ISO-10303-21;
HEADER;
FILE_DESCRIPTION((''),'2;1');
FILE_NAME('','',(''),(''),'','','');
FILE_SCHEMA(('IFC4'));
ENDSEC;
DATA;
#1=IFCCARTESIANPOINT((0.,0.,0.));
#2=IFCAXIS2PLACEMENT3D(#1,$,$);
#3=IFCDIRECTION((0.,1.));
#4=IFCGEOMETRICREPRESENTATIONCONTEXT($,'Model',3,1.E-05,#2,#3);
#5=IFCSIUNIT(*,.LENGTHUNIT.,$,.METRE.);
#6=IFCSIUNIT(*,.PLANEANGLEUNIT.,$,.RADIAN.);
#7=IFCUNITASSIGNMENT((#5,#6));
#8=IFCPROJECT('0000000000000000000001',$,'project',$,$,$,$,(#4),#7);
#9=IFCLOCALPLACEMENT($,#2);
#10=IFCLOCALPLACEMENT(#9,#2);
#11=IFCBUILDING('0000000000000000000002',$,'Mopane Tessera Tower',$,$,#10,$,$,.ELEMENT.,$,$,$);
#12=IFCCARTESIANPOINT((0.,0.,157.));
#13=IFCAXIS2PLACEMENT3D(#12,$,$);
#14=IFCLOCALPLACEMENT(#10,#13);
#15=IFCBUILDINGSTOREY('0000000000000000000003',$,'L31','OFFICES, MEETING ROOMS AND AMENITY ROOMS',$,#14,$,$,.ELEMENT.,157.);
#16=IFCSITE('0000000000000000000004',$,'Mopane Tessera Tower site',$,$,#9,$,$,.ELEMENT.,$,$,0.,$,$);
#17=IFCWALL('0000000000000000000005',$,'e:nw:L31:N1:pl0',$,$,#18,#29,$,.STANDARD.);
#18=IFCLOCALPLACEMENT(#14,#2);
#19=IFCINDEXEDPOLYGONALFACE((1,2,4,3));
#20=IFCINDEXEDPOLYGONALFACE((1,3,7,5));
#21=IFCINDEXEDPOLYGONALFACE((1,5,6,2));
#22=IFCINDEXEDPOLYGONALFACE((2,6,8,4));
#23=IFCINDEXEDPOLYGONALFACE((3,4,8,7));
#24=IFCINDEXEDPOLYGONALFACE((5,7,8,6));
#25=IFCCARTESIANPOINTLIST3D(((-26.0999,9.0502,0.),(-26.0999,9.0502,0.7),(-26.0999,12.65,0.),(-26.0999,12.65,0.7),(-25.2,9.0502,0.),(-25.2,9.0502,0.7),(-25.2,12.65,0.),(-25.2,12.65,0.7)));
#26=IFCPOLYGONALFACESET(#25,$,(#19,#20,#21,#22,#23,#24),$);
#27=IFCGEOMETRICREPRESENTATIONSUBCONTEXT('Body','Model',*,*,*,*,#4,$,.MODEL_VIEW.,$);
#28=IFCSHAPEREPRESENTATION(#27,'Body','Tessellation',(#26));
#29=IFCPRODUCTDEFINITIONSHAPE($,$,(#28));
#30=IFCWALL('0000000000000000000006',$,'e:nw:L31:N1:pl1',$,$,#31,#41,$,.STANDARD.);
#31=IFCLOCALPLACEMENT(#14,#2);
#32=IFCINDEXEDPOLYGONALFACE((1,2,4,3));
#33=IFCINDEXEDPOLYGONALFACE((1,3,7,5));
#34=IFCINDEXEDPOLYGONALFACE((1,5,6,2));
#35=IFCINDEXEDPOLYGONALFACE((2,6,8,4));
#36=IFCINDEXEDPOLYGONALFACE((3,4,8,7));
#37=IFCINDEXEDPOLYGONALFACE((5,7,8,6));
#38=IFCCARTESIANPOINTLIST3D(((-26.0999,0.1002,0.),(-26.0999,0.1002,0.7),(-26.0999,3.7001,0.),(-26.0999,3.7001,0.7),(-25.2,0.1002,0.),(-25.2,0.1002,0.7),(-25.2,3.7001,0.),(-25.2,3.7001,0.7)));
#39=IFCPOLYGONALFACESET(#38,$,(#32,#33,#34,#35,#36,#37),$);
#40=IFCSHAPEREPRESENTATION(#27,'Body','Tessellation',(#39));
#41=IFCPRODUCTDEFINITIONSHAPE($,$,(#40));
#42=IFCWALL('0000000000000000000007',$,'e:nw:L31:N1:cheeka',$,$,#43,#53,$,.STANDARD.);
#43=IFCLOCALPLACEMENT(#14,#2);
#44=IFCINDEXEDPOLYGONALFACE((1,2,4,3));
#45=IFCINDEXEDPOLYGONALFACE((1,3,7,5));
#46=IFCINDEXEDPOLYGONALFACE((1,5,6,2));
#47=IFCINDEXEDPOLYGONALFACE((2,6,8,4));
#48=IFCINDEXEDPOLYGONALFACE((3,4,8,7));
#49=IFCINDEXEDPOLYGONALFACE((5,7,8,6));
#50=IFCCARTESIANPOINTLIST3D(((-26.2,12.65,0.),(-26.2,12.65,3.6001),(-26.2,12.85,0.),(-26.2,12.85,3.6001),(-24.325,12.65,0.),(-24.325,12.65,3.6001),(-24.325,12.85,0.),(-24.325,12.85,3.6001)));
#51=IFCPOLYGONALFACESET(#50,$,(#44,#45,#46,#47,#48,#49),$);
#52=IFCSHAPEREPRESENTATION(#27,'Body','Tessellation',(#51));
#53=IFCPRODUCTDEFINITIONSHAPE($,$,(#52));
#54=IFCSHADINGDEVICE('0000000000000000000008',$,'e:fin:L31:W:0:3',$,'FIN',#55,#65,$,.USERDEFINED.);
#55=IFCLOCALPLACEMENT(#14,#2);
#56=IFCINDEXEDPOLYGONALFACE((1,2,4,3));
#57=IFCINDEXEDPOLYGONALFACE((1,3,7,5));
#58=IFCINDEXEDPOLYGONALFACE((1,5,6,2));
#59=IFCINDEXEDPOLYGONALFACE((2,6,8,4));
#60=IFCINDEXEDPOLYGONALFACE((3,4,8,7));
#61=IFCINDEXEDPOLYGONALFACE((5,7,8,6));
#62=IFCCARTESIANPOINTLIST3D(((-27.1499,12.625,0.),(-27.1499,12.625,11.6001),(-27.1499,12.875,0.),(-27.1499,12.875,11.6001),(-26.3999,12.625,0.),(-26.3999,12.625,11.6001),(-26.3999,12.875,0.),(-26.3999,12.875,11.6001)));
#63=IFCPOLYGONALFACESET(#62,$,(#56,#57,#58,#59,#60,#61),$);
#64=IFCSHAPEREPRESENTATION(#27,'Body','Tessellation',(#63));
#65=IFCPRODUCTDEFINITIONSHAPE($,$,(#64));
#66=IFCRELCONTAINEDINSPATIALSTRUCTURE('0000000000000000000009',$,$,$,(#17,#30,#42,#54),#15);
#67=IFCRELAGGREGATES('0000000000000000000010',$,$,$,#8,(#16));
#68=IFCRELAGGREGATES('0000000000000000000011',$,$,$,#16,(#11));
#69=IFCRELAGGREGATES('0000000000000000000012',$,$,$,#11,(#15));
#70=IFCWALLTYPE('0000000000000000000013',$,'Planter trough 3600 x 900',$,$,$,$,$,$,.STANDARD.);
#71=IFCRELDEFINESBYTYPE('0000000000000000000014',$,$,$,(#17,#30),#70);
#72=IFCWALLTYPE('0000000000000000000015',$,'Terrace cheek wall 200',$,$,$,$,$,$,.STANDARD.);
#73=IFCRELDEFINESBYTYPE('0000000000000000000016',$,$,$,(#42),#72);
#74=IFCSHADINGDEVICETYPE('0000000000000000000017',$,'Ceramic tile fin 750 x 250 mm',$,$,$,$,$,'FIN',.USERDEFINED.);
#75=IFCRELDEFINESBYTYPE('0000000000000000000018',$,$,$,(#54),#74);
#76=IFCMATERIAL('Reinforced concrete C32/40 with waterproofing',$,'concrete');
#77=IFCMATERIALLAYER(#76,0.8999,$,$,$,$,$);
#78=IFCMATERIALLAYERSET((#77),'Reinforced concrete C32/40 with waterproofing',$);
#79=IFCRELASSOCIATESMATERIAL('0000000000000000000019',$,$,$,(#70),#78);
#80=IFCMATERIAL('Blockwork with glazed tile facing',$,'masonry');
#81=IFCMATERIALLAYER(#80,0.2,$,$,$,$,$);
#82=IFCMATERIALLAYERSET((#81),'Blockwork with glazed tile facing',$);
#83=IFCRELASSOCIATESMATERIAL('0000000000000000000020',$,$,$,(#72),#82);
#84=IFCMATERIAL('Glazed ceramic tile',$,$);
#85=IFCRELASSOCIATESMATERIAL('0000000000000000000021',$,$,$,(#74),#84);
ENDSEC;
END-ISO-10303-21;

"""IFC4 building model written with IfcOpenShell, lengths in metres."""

from ifc_helpers import new_model, si_unit, direction, frame, frame_2d, origin, origin_2d, place, context, subcontext, project, spatial, rectangle, extrude, material, layer, layer_set, type_object, element, save


model = new_model("IFC4")

# Units and contexts
model_context = context("Model", 3, precision=1e-05, world=origin(), true_north=direction((0.0, 1.0)))
body_context = subcontext(model_context, "Body", "Model", "MODEL_VIEW")
ifc_project = project(units=[si_unit("LENGTHUNIT", "METRE"), si_unit("PLANEANGLEUNIT", "RADIAN")], contexts=[model_context])

# Site, building, storey
site_placement = place(None, origin())
site = spatial("IfcSite", under=ifc_project, at=site_placement, Name="Mopane Tessera Tower site", CompositionType="ELEMENT", RefElevation=0.0)
building_placement = place(site_placement, origin())
building = spatial("IfcBuilding", under=site, at=building_placement, Name="Mopane Tessera Tower", CompositionType="ELEMENT")
storey_placement = place(building_placement, frame((0.0, 0.0, 157.0)))
storey = spatial("IfcBuildingStorey", under=building, at=storey_placement, Name="L31", Description="OFFICES, MEETING ROOMS AND AMENITY ROOMS", CompositionType="ELEMENT", Elevation=157.0)

# Walls
ifc_material_1 = material(Name="Reinforced concrete C32/40 with waterproofing", Category="concrete")
ifc_layer_1 = layer(ifc_material_1, 0.8999)
ifc_layer_set_1 = layer_set([ifc_layer_1], Name="Reinforced concrete C32/40 with waterproofing")
wall_type_1 = type_object("IfcWallType", Name="Planter trough 3600 x 900", PredefinedType="STANDARD", material=ifc_layer_set_1)
for number, where, z_axis, x_axis, name in (
    (1, (-25.6499, 12.6499, 0.0), (0.0, 0.0, 1.0), (0.0, -1.0, 0.0), "e:nw:L31:N1:pl0"),
    (2, (-25.6499, 3.7, 0.0), (0.0, 0.0, 1.0), (0.0, -1.0, 0.0), "e:nw:L31:N1:pl1"),
):
    element("IfcWall", number, at=place(storey_placement, frame(where, z_axis=z_axis, x_axis=x_axis)), inside=storey, type_object=wall_type_1, Name=name, PredefinedType="STANDARD", context=body_context, shape_type="SweptSolid", body=[
        extrude(rectangle(XDim=3.5999, YDim=0.8999, at=frame_2d((1.7998, 0.0))), origin(), (0.0, 0.0, 1.0), 0.7),
    ])
ifc_material_2 = material(Name="Blockwork with glazed tile facing", Category="masonry")
ifc_layer_2 = layer(ifc_material_2, 0.2)
ifc_layer_set_2 = layer_set([ifc_layer_2], Name="Blockwork with glazed tile facing")
wall_type_2 = type_object("IfcWallType", Name="Terrace cheek wall 200", PredefinedType="STANDARD", material=ifc_layer_set_2)
wall_1_placement = place(storey_placement, frame((-26.2, 12.75, 0.0), z_axis=(0.0, 0.0, 1.0), x_axis=(1.0, 0.0, 0.0)))
element("IfcWall", 3, at=wall_1_placement, inside=storey, type_object=wall_type_2, Name="e:nw:L31:N1:cheeka", PredefinedType="STANDARD", context=body_context, shape_type="SweptSolid", body=[
    extrude(rectangle(XDim=1.875, YDim=0.2, at=frame_2d((0.9375, 0.0))), origin(), (0.0, 0.0, 1.0), 3.6001),
])

# Shading device
ifc_material_3 = material(Name="Glazed ceramic tile")
shading_device_type = type_object("IfcShadingDeviceType", Name="Ceramic tile fin 750 x 250 mm", ElementType="FIN", PredefinedType="USERDEFINED", material=ifc_material_3)
shading_device_placement = place(storey_placement, frame((-26.7749, 12.75, 0.0), z_axis=(0.0, 0.0, 1.0), x_axis=(0.0, -1.0, 0.0)))
element("IfcShadingDevice", 4, at=shading_device_placement, inside=storey, type_object=shading_device_type, Name="e:fin:L31:W:0:3", ObjectType="FIN", PredefinedType="USERDEFINED", context=body_context, shape_type="SweptSolid", body=[
    extrude(rectangle(XDim=0.25, YDim=0.75, at=origin_2d()), origin(), (0.0, 0.0, 1.0), 11.6001),
])

save(model, "model.ifc")
